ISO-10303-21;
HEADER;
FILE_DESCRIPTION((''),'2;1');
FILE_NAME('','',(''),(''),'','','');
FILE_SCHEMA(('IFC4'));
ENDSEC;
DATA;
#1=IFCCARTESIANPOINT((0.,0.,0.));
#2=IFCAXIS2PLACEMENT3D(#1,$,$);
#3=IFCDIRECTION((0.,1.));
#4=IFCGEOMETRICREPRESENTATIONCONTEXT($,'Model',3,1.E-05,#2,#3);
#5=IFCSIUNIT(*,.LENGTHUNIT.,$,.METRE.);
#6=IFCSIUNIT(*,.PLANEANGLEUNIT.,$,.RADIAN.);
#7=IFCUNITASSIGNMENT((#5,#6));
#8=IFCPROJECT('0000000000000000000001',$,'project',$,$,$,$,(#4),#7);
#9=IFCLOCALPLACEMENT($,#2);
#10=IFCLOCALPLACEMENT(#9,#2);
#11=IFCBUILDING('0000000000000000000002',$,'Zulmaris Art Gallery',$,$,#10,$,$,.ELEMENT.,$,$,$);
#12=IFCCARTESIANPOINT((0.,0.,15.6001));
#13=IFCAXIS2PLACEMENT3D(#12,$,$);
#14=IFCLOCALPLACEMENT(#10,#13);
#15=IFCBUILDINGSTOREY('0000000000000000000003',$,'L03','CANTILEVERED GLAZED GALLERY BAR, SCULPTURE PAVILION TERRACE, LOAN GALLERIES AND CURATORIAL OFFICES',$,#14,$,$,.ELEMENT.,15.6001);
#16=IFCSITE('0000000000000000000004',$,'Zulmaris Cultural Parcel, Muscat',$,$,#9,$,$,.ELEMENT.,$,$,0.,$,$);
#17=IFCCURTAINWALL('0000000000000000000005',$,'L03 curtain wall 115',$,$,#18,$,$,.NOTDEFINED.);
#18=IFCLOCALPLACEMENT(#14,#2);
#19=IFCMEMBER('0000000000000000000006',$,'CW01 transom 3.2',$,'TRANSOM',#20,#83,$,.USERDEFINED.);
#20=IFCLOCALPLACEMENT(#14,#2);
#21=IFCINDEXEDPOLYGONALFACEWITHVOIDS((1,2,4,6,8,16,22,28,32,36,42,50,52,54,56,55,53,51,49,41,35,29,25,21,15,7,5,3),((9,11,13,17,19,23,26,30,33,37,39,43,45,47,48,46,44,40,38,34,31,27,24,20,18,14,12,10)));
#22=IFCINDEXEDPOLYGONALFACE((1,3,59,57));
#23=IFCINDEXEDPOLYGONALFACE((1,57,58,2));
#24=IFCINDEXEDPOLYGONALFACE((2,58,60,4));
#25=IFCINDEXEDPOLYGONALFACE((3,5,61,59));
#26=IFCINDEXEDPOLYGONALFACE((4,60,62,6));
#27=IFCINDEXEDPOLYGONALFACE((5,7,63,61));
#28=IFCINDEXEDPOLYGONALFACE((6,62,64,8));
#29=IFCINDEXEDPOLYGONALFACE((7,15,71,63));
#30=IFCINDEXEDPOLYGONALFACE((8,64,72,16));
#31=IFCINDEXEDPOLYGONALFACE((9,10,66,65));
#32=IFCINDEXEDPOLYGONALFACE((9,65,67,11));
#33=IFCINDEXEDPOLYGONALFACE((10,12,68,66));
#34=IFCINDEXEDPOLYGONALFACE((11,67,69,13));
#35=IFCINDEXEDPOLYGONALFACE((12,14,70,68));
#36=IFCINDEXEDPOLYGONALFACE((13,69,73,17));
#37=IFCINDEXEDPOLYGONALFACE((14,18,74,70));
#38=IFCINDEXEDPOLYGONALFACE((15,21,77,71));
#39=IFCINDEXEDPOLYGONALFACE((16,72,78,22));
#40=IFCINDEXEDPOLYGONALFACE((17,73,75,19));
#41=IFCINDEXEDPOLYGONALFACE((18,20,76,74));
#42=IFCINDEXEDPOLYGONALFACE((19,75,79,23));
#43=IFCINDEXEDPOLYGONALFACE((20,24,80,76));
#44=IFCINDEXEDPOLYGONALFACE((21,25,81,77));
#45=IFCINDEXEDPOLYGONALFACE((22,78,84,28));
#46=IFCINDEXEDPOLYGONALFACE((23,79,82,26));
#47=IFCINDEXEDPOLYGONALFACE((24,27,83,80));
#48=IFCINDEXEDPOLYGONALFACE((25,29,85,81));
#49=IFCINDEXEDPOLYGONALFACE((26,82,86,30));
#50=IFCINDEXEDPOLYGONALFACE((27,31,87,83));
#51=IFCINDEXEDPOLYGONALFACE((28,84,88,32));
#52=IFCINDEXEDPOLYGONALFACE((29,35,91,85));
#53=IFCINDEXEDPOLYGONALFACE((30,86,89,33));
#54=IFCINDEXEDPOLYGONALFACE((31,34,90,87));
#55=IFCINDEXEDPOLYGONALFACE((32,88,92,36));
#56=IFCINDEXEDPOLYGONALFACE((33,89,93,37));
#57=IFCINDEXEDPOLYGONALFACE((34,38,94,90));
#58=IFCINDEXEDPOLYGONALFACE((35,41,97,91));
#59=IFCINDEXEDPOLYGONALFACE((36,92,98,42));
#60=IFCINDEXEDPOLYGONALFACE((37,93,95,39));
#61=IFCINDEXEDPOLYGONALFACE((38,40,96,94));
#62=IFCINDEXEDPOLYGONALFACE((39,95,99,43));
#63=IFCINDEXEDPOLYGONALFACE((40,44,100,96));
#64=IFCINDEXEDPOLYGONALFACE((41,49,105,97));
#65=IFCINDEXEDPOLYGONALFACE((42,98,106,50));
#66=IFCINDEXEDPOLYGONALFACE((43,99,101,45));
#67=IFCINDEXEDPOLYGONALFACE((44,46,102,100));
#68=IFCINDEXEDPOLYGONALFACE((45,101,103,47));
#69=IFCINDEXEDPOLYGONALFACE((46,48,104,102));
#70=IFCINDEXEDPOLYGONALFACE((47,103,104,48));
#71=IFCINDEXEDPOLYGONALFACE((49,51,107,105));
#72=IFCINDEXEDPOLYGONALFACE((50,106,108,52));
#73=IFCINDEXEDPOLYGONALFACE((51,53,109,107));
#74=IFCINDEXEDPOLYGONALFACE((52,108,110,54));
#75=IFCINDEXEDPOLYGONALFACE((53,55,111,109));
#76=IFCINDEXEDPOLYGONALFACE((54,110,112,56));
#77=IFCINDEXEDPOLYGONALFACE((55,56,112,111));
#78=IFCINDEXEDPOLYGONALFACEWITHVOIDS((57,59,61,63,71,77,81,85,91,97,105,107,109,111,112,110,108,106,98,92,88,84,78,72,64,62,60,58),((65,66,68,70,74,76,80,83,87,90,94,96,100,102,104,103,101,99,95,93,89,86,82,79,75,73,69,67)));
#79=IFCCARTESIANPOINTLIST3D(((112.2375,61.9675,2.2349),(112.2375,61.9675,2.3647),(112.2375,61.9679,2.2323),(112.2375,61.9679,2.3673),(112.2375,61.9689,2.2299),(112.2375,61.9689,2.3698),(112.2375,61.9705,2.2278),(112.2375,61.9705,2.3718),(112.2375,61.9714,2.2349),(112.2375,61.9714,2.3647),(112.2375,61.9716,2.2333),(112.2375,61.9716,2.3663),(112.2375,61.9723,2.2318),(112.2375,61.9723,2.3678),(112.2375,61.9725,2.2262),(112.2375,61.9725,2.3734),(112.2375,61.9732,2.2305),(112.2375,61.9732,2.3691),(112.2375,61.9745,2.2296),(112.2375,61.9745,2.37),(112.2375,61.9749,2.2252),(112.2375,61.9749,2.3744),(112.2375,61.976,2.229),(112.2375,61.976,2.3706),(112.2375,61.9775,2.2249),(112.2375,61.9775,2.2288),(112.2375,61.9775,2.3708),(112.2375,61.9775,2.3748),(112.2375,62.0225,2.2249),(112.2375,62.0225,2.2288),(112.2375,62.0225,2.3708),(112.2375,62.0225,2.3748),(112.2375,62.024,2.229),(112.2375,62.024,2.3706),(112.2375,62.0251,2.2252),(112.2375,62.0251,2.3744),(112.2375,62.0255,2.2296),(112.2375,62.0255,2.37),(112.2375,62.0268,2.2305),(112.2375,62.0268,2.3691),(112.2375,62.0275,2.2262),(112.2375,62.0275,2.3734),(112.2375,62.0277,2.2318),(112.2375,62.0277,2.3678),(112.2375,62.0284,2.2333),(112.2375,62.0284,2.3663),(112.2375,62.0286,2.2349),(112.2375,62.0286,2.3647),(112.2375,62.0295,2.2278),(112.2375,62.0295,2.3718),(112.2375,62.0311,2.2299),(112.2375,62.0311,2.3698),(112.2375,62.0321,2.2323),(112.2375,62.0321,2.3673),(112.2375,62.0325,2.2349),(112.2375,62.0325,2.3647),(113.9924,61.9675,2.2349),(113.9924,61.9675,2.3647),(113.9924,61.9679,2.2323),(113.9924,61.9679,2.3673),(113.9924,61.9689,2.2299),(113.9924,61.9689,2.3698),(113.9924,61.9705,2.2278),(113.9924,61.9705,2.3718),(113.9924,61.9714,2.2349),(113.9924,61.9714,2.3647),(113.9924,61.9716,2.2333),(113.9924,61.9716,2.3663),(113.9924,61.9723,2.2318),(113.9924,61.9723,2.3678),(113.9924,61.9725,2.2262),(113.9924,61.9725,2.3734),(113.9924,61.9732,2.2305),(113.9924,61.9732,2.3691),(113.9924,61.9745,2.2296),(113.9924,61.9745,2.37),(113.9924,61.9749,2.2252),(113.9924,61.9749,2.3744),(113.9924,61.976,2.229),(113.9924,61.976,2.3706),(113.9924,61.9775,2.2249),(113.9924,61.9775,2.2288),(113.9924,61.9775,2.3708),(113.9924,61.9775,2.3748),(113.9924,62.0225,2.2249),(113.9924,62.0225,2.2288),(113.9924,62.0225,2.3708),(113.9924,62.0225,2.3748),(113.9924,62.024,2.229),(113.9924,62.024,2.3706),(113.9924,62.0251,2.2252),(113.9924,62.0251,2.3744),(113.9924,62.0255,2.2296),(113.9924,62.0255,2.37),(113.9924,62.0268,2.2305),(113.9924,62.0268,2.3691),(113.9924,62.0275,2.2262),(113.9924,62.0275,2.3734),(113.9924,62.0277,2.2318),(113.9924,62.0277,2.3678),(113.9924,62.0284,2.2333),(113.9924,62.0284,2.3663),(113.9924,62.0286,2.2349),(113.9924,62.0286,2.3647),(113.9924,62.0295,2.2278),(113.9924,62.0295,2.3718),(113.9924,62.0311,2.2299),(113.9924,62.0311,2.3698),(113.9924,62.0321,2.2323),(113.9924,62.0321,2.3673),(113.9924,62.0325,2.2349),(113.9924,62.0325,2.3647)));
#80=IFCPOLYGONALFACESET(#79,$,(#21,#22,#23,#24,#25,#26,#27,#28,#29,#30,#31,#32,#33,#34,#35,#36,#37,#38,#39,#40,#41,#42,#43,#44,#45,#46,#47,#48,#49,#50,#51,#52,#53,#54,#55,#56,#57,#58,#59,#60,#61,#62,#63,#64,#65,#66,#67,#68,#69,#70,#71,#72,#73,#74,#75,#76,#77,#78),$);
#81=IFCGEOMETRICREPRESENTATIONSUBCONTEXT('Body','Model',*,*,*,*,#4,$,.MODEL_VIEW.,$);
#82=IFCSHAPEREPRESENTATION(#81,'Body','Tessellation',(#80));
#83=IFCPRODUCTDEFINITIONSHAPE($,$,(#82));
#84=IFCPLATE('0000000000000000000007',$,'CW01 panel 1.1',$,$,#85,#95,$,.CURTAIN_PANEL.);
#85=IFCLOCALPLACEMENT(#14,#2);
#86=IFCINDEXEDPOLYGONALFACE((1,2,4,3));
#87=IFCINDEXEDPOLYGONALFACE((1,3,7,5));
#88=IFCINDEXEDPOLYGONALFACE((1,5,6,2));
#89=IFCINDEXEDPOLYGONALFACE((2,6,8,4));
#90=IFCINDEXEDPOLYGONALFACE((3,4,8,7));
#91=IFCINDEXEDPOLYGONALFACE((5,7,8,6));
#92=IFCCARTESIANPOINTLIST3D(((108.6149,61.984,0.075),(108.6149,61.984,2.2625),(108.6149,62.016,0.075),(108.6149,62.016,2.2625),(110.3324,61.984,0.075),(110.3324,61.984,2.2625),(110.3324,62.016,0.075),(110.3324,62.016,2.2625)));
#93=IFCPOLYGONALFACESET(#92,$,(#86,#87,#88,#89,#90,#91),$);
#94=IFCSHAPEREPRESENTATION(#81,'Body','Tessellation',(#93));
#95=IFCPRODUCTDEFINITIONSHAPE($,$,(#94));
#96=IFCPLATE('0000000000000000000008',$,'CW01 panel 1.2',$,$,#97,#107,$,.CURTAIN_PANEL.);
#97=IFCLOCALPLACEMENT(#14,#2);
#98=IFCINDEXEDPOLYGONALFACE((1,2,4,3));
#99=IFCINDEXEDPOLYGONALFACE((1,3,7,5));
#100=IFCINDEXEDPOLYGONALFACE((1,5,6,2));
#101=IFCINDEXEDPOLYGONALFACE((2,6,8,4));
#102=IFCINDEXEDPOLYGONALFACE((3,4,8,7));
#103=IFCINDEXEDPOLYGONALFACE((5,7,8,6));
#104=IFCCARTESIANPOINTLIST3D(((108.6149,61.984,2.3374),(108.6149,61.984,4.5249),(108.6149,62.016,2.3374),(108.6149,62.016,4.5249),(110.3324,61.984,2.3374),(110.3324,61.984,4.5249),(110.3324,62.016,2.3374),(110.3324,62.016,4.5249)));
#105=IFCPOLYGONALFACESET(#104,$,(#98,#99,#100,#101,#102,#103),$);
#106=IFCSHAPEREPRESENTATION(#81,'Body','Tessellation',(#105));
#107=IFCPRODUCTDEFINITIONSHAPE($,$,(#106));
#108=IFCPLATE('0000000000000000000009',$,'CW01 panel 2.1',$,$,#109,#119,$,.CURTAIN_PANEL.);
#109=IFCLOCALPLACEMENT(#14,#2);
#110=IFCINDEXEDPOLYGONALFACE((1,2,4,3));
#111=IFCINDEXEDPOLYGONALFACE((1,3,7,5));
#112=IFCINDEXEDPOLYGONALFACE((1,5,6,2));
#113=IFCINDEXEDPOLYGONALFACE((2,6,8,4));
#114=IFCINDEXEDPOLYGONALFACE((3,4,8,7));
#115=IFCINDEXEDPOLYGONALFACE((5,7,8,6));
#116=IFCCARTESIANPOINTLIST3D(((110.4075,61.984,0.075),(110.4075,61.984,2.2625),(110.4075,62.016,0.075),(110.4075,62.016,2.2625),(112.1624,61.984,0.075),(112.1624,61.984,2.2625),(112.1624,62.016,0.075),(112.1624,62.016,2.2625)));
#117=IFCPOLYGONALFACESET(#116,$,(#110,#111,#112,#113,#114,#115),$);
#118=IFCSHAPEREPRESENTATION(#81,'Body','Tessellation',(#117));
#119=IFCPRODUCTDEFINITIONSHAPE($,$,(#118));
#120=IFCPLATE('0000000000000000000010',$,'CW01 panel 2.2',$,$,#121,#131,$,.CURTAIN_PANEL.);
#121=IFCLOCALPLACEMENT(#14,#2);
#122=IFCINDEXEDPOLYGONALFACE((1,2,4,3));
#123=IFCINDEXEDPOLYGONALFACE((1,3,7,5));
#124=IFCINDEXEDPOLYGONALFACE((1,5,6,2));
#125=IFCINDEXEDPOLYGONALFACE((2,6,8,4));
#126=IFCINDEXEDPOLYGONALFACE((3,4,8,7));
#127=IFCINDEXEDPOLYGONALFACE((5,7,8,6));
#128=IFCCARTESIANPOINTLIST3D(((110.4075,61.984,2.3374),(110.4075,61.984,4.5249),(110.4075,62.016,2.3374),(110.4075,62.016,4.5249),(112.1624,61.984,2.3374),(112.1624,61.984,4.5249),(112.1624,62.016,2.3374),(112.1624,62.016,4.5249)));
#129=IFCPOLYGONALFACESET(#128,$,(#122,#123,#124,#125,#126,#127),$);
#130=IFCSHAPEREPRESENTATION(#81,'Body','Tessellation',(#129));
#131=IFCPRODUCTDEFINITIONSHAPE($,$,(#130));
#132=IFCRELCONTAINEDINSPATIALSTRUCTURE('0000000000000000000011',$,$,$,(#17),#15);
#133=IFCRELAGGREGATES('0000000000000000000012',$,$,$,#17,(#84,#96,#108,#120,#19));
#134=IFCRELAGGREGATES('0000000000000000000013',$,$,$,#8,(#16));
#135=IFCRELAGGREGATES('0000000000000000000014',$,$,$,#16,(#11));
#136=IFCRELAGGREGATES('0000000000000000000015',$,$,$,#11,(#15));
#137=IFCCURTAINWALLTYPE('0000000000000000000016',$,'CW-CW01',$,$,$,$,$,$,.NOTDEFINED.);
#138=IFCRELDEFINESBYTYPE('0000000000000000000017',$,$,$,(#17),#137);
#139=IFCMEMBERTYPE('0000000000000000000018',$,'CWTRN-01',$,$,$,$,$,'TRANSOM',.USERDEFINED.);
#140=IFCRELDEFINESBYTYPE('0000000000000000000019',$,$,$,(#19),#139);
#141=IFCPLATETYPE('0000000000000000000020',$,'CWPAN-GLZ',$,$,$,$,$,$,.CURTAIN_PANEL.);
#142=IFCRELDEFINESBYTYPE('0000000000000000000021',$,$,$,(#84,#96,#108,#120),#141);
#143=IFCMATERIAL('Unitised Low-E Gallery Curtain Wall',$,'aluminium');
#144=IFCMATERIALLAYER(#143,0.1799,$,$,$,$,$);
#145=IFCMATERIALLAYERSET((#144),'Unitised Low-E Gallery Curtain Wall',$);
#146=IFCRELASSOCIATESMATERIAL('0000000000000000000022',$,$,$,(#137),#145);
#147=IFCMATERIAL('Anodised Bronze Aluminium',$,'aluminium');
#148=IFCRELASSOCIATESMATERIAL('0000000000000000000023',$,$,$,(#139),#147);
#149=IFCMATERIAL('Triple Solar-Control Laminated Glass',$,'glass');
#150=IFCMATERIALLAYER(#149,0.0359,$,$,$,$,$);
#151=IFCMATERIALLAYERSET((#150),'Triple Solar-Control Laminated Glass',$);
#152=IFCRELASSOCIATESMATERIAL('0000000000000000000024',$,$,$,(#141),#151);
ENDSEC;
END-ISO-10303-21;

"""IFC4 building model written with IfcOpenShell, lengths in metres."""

from ifc_helpers import new_model, si_unit, direction, frame, origin, origin_2d, place, context, subcontext, project, spatial, rectangle, hollow_rectangle, extrude, material, layer, layer_set, material_profile, profile_set, type_object, element, aggregate, save


model = new_model("IFC4")

# Units and contexts
model_context = context("Model", 3, precision=1e-05, world=origin(), true_north=direction((0.0, 1.0)))
body_context = subcontext(model_context, "Body", "Model", "MODEL_VIEW")
ifc_project = project(units=[si_unit("LENGTHUNIT", "METRE"), si_unit("PLANEANGLEUNIT", "RADIAN")], contexts=[model_context])

# Site, building, storey
site_placement = place(None, origin())
site = spatial("IfcSite", under=ifc_project, at=site_placement, Name="Zulmaris Cultural Parcel, Muscat", CompositionType="ELEMENT", RefElevation=0.0)
building_placement = place(site_placement, origin())
building = spatial("IfcBuilding", under=site, at=building_placement, Name="Zulmaris Art Gallery", CompositionType="ELEMENT")
storey_placement = place(building_placement, frame((0.0, 0.0, 15.6001)))
storey = spatial("IfcBuildingStorey", under=building, at=storey_placement, Name="L03", Description="CANTILEVERED GLAZED GALLERY BAR, SCULPTURE PAVILION TERRACE, LOAN GALLERIES AND CURATORIAL OFFICES", CompositionType="ELEMENT", Elevation=15.6001)

# Curtain wall, member, plates
ifc_material_1 = material(Name="Unitised Low-E Gallery Curtain Wall", Category="aluminium")
ifc_layer_1 = layer(ifc_material_1, 0.1799)
ifc_layer_set_1 = layer_set([ifc_layer_1], Name="Unitised Low-E Gallery Curtain Wall")
curtain_wall_type = type_object("IfcCurtainWallType", Name="CW-CW01", PredefinedType="NOTDEFINED", material=ifc_layer_set_1)
curtain_wall_placement = place(storey_placement, origin())
curtain_wall = element("IfcCurtainWall", 1, at=curtain_wall_placement, inside=storey, type_object=curtain_wall_type, Name="L03 curtain wall 115", PredefinedType="NOTDEFINED")
ifc_material_2 = material(Name="Anodised Bronze Aluminium", Category="aluminium")
ifc_material_profile_1 = material_profile(ifc_material_2, hollow_rectangle(XDim=0.0649, YDim=0.1499, WallThickness=0.0039, InnerFilletRadius=0.0061, OuterFilletRadius=0.01, at=origin_2d()), Name="ALU 65x150x4")
ifc_profile_set_1 = profile_set([ifc_material_profile_1], Name="Anodised Bronze Aluminium")
member_type_1 = type_object("IfcMemberType", Name="CWTRN-01", ElementType="TRANSOM", PredefinedType="USERDEFINED", material=ifc_profile_set_1)
member_1_placement = place(storey_placement, frame((112.2375, 62.0, 2.2998), z_axis=(1.0, 0.0, 0.0), x_axis=(0.0, 1.0, 0.0)))
member_1 = element("IfcMember", 2, at=member_1_placement, type_object=member_type_1, Name="CW01 transom 3.2", ObjectType="TRANSOM", PredefinedType="USERDEFINED", context=body_context, shape_type="SweptSolid", body=[
    extrude(hollow_rectangle(XDim=0.0649, YDim=0.1499, WallThickness=0.0039, InnerFilletRadius=0.0061, OuterFilletRadius=0.01, at=origin_2d()), origin(), (0.0, 0.0, 1.0), 1.7549),
])
ifc_material_3 = material(Name="Triple Solar-Control Laminated Glass", Category="glass")
ifc_layer_2 = layer(ifc_material_3, 0.0359)
ifc_layer_set_2 = layer_set([ifc_layer_2], Name="Triple Solar-Control Laminated Glass")
plate_type = type_object("IfcPlateType", Name="CWPAN-GLZ", PredefinedType="CURTAIN_PANEL", material=ifc_layer_set_2)
plate_1_placement = place(storey_placement, frame((109.4736, 62.0, 0.075), z_axis=(0.0, 0.0, 1.0), x_axis=(1.0, 0.0, 0.0)))
plate_1 = element("IfcPlate", 3, at=plate_1_placement, type_object=plate_type, Name="CW01 panel 1.1", PredefinedType="CURTAIN_PANEL", context=body_context, shape_type="SweptSolid", body=[
    extrude(rectangle(XDim=1.7175, YDim=0.032, at=origin_2d()), origin(), (0.0, 0.0, 1.0), 2.1875),
])
plate_2_placement = place(storey_placement, frame((109.4736, 62.0, 2.3374), z_axis=(0.0, 0.0, 1.0), x_axis=(1.0, 0.0, 0.0)))
plate_2 = element("IfcPlate", 4, at=plate_2_placement, type_object=plate_type, Name="CW01 panel 1.2", PredefinedType="CURTAIN_PANEL", context=body_context, shape_type="SweptSolid", body=[
    extrude(rectangle(XDim=1.7175, YDim=0.032, at=origin_2d()), origin(), (0.0, 0.0, 1.0), 2.1875),
])
plate_3_placement = place(storey_placement, frame((111.2849, 62.0, 0.075), z_axis=(0.0, 0.0, 1.0), x_axis=(1.0, 0.0, 0.0)))
plate_3 = element("IfcPlate", 5, at=plate_3_placement, type_object=plate_type, Name="CW01 panel 2.1", PredefinedType="CURTAIN_PANEL", context=body_context, shape_type="SweptSolid", body=[
    extrude(rectangle(XDim=1.7549, YDim=0.032, at=origin_2d()), origin(), (0.0, 0.0, 1.0), 2.1875),
])
plate_4_placement = place(storey_placement, frame((111.2849, 62.0, 2.3374), z_axis=(0.0, 0.0, 1.0), x_axis=(1.0, 0.0, 0.0)))
plate_4 = element("IfcPlate", 6, at=plate_4_placement, type_object=plate_type, Name="CW01 panel 2.2", PredefinedType="CURTAIN_PANEL", context=body_context, shape_type="SweptSolid", body=[
    extrude(rectangle(XDim=1.7549, YDim=0.032, at=origin_2d()), origin(), (0.0, 0.0, 1.0), 2.1875),
])
aggregate(curtain_wall, [plate_1, plate_2, plate_3, plate_4, member_1])

save(model, "model.ifc")
